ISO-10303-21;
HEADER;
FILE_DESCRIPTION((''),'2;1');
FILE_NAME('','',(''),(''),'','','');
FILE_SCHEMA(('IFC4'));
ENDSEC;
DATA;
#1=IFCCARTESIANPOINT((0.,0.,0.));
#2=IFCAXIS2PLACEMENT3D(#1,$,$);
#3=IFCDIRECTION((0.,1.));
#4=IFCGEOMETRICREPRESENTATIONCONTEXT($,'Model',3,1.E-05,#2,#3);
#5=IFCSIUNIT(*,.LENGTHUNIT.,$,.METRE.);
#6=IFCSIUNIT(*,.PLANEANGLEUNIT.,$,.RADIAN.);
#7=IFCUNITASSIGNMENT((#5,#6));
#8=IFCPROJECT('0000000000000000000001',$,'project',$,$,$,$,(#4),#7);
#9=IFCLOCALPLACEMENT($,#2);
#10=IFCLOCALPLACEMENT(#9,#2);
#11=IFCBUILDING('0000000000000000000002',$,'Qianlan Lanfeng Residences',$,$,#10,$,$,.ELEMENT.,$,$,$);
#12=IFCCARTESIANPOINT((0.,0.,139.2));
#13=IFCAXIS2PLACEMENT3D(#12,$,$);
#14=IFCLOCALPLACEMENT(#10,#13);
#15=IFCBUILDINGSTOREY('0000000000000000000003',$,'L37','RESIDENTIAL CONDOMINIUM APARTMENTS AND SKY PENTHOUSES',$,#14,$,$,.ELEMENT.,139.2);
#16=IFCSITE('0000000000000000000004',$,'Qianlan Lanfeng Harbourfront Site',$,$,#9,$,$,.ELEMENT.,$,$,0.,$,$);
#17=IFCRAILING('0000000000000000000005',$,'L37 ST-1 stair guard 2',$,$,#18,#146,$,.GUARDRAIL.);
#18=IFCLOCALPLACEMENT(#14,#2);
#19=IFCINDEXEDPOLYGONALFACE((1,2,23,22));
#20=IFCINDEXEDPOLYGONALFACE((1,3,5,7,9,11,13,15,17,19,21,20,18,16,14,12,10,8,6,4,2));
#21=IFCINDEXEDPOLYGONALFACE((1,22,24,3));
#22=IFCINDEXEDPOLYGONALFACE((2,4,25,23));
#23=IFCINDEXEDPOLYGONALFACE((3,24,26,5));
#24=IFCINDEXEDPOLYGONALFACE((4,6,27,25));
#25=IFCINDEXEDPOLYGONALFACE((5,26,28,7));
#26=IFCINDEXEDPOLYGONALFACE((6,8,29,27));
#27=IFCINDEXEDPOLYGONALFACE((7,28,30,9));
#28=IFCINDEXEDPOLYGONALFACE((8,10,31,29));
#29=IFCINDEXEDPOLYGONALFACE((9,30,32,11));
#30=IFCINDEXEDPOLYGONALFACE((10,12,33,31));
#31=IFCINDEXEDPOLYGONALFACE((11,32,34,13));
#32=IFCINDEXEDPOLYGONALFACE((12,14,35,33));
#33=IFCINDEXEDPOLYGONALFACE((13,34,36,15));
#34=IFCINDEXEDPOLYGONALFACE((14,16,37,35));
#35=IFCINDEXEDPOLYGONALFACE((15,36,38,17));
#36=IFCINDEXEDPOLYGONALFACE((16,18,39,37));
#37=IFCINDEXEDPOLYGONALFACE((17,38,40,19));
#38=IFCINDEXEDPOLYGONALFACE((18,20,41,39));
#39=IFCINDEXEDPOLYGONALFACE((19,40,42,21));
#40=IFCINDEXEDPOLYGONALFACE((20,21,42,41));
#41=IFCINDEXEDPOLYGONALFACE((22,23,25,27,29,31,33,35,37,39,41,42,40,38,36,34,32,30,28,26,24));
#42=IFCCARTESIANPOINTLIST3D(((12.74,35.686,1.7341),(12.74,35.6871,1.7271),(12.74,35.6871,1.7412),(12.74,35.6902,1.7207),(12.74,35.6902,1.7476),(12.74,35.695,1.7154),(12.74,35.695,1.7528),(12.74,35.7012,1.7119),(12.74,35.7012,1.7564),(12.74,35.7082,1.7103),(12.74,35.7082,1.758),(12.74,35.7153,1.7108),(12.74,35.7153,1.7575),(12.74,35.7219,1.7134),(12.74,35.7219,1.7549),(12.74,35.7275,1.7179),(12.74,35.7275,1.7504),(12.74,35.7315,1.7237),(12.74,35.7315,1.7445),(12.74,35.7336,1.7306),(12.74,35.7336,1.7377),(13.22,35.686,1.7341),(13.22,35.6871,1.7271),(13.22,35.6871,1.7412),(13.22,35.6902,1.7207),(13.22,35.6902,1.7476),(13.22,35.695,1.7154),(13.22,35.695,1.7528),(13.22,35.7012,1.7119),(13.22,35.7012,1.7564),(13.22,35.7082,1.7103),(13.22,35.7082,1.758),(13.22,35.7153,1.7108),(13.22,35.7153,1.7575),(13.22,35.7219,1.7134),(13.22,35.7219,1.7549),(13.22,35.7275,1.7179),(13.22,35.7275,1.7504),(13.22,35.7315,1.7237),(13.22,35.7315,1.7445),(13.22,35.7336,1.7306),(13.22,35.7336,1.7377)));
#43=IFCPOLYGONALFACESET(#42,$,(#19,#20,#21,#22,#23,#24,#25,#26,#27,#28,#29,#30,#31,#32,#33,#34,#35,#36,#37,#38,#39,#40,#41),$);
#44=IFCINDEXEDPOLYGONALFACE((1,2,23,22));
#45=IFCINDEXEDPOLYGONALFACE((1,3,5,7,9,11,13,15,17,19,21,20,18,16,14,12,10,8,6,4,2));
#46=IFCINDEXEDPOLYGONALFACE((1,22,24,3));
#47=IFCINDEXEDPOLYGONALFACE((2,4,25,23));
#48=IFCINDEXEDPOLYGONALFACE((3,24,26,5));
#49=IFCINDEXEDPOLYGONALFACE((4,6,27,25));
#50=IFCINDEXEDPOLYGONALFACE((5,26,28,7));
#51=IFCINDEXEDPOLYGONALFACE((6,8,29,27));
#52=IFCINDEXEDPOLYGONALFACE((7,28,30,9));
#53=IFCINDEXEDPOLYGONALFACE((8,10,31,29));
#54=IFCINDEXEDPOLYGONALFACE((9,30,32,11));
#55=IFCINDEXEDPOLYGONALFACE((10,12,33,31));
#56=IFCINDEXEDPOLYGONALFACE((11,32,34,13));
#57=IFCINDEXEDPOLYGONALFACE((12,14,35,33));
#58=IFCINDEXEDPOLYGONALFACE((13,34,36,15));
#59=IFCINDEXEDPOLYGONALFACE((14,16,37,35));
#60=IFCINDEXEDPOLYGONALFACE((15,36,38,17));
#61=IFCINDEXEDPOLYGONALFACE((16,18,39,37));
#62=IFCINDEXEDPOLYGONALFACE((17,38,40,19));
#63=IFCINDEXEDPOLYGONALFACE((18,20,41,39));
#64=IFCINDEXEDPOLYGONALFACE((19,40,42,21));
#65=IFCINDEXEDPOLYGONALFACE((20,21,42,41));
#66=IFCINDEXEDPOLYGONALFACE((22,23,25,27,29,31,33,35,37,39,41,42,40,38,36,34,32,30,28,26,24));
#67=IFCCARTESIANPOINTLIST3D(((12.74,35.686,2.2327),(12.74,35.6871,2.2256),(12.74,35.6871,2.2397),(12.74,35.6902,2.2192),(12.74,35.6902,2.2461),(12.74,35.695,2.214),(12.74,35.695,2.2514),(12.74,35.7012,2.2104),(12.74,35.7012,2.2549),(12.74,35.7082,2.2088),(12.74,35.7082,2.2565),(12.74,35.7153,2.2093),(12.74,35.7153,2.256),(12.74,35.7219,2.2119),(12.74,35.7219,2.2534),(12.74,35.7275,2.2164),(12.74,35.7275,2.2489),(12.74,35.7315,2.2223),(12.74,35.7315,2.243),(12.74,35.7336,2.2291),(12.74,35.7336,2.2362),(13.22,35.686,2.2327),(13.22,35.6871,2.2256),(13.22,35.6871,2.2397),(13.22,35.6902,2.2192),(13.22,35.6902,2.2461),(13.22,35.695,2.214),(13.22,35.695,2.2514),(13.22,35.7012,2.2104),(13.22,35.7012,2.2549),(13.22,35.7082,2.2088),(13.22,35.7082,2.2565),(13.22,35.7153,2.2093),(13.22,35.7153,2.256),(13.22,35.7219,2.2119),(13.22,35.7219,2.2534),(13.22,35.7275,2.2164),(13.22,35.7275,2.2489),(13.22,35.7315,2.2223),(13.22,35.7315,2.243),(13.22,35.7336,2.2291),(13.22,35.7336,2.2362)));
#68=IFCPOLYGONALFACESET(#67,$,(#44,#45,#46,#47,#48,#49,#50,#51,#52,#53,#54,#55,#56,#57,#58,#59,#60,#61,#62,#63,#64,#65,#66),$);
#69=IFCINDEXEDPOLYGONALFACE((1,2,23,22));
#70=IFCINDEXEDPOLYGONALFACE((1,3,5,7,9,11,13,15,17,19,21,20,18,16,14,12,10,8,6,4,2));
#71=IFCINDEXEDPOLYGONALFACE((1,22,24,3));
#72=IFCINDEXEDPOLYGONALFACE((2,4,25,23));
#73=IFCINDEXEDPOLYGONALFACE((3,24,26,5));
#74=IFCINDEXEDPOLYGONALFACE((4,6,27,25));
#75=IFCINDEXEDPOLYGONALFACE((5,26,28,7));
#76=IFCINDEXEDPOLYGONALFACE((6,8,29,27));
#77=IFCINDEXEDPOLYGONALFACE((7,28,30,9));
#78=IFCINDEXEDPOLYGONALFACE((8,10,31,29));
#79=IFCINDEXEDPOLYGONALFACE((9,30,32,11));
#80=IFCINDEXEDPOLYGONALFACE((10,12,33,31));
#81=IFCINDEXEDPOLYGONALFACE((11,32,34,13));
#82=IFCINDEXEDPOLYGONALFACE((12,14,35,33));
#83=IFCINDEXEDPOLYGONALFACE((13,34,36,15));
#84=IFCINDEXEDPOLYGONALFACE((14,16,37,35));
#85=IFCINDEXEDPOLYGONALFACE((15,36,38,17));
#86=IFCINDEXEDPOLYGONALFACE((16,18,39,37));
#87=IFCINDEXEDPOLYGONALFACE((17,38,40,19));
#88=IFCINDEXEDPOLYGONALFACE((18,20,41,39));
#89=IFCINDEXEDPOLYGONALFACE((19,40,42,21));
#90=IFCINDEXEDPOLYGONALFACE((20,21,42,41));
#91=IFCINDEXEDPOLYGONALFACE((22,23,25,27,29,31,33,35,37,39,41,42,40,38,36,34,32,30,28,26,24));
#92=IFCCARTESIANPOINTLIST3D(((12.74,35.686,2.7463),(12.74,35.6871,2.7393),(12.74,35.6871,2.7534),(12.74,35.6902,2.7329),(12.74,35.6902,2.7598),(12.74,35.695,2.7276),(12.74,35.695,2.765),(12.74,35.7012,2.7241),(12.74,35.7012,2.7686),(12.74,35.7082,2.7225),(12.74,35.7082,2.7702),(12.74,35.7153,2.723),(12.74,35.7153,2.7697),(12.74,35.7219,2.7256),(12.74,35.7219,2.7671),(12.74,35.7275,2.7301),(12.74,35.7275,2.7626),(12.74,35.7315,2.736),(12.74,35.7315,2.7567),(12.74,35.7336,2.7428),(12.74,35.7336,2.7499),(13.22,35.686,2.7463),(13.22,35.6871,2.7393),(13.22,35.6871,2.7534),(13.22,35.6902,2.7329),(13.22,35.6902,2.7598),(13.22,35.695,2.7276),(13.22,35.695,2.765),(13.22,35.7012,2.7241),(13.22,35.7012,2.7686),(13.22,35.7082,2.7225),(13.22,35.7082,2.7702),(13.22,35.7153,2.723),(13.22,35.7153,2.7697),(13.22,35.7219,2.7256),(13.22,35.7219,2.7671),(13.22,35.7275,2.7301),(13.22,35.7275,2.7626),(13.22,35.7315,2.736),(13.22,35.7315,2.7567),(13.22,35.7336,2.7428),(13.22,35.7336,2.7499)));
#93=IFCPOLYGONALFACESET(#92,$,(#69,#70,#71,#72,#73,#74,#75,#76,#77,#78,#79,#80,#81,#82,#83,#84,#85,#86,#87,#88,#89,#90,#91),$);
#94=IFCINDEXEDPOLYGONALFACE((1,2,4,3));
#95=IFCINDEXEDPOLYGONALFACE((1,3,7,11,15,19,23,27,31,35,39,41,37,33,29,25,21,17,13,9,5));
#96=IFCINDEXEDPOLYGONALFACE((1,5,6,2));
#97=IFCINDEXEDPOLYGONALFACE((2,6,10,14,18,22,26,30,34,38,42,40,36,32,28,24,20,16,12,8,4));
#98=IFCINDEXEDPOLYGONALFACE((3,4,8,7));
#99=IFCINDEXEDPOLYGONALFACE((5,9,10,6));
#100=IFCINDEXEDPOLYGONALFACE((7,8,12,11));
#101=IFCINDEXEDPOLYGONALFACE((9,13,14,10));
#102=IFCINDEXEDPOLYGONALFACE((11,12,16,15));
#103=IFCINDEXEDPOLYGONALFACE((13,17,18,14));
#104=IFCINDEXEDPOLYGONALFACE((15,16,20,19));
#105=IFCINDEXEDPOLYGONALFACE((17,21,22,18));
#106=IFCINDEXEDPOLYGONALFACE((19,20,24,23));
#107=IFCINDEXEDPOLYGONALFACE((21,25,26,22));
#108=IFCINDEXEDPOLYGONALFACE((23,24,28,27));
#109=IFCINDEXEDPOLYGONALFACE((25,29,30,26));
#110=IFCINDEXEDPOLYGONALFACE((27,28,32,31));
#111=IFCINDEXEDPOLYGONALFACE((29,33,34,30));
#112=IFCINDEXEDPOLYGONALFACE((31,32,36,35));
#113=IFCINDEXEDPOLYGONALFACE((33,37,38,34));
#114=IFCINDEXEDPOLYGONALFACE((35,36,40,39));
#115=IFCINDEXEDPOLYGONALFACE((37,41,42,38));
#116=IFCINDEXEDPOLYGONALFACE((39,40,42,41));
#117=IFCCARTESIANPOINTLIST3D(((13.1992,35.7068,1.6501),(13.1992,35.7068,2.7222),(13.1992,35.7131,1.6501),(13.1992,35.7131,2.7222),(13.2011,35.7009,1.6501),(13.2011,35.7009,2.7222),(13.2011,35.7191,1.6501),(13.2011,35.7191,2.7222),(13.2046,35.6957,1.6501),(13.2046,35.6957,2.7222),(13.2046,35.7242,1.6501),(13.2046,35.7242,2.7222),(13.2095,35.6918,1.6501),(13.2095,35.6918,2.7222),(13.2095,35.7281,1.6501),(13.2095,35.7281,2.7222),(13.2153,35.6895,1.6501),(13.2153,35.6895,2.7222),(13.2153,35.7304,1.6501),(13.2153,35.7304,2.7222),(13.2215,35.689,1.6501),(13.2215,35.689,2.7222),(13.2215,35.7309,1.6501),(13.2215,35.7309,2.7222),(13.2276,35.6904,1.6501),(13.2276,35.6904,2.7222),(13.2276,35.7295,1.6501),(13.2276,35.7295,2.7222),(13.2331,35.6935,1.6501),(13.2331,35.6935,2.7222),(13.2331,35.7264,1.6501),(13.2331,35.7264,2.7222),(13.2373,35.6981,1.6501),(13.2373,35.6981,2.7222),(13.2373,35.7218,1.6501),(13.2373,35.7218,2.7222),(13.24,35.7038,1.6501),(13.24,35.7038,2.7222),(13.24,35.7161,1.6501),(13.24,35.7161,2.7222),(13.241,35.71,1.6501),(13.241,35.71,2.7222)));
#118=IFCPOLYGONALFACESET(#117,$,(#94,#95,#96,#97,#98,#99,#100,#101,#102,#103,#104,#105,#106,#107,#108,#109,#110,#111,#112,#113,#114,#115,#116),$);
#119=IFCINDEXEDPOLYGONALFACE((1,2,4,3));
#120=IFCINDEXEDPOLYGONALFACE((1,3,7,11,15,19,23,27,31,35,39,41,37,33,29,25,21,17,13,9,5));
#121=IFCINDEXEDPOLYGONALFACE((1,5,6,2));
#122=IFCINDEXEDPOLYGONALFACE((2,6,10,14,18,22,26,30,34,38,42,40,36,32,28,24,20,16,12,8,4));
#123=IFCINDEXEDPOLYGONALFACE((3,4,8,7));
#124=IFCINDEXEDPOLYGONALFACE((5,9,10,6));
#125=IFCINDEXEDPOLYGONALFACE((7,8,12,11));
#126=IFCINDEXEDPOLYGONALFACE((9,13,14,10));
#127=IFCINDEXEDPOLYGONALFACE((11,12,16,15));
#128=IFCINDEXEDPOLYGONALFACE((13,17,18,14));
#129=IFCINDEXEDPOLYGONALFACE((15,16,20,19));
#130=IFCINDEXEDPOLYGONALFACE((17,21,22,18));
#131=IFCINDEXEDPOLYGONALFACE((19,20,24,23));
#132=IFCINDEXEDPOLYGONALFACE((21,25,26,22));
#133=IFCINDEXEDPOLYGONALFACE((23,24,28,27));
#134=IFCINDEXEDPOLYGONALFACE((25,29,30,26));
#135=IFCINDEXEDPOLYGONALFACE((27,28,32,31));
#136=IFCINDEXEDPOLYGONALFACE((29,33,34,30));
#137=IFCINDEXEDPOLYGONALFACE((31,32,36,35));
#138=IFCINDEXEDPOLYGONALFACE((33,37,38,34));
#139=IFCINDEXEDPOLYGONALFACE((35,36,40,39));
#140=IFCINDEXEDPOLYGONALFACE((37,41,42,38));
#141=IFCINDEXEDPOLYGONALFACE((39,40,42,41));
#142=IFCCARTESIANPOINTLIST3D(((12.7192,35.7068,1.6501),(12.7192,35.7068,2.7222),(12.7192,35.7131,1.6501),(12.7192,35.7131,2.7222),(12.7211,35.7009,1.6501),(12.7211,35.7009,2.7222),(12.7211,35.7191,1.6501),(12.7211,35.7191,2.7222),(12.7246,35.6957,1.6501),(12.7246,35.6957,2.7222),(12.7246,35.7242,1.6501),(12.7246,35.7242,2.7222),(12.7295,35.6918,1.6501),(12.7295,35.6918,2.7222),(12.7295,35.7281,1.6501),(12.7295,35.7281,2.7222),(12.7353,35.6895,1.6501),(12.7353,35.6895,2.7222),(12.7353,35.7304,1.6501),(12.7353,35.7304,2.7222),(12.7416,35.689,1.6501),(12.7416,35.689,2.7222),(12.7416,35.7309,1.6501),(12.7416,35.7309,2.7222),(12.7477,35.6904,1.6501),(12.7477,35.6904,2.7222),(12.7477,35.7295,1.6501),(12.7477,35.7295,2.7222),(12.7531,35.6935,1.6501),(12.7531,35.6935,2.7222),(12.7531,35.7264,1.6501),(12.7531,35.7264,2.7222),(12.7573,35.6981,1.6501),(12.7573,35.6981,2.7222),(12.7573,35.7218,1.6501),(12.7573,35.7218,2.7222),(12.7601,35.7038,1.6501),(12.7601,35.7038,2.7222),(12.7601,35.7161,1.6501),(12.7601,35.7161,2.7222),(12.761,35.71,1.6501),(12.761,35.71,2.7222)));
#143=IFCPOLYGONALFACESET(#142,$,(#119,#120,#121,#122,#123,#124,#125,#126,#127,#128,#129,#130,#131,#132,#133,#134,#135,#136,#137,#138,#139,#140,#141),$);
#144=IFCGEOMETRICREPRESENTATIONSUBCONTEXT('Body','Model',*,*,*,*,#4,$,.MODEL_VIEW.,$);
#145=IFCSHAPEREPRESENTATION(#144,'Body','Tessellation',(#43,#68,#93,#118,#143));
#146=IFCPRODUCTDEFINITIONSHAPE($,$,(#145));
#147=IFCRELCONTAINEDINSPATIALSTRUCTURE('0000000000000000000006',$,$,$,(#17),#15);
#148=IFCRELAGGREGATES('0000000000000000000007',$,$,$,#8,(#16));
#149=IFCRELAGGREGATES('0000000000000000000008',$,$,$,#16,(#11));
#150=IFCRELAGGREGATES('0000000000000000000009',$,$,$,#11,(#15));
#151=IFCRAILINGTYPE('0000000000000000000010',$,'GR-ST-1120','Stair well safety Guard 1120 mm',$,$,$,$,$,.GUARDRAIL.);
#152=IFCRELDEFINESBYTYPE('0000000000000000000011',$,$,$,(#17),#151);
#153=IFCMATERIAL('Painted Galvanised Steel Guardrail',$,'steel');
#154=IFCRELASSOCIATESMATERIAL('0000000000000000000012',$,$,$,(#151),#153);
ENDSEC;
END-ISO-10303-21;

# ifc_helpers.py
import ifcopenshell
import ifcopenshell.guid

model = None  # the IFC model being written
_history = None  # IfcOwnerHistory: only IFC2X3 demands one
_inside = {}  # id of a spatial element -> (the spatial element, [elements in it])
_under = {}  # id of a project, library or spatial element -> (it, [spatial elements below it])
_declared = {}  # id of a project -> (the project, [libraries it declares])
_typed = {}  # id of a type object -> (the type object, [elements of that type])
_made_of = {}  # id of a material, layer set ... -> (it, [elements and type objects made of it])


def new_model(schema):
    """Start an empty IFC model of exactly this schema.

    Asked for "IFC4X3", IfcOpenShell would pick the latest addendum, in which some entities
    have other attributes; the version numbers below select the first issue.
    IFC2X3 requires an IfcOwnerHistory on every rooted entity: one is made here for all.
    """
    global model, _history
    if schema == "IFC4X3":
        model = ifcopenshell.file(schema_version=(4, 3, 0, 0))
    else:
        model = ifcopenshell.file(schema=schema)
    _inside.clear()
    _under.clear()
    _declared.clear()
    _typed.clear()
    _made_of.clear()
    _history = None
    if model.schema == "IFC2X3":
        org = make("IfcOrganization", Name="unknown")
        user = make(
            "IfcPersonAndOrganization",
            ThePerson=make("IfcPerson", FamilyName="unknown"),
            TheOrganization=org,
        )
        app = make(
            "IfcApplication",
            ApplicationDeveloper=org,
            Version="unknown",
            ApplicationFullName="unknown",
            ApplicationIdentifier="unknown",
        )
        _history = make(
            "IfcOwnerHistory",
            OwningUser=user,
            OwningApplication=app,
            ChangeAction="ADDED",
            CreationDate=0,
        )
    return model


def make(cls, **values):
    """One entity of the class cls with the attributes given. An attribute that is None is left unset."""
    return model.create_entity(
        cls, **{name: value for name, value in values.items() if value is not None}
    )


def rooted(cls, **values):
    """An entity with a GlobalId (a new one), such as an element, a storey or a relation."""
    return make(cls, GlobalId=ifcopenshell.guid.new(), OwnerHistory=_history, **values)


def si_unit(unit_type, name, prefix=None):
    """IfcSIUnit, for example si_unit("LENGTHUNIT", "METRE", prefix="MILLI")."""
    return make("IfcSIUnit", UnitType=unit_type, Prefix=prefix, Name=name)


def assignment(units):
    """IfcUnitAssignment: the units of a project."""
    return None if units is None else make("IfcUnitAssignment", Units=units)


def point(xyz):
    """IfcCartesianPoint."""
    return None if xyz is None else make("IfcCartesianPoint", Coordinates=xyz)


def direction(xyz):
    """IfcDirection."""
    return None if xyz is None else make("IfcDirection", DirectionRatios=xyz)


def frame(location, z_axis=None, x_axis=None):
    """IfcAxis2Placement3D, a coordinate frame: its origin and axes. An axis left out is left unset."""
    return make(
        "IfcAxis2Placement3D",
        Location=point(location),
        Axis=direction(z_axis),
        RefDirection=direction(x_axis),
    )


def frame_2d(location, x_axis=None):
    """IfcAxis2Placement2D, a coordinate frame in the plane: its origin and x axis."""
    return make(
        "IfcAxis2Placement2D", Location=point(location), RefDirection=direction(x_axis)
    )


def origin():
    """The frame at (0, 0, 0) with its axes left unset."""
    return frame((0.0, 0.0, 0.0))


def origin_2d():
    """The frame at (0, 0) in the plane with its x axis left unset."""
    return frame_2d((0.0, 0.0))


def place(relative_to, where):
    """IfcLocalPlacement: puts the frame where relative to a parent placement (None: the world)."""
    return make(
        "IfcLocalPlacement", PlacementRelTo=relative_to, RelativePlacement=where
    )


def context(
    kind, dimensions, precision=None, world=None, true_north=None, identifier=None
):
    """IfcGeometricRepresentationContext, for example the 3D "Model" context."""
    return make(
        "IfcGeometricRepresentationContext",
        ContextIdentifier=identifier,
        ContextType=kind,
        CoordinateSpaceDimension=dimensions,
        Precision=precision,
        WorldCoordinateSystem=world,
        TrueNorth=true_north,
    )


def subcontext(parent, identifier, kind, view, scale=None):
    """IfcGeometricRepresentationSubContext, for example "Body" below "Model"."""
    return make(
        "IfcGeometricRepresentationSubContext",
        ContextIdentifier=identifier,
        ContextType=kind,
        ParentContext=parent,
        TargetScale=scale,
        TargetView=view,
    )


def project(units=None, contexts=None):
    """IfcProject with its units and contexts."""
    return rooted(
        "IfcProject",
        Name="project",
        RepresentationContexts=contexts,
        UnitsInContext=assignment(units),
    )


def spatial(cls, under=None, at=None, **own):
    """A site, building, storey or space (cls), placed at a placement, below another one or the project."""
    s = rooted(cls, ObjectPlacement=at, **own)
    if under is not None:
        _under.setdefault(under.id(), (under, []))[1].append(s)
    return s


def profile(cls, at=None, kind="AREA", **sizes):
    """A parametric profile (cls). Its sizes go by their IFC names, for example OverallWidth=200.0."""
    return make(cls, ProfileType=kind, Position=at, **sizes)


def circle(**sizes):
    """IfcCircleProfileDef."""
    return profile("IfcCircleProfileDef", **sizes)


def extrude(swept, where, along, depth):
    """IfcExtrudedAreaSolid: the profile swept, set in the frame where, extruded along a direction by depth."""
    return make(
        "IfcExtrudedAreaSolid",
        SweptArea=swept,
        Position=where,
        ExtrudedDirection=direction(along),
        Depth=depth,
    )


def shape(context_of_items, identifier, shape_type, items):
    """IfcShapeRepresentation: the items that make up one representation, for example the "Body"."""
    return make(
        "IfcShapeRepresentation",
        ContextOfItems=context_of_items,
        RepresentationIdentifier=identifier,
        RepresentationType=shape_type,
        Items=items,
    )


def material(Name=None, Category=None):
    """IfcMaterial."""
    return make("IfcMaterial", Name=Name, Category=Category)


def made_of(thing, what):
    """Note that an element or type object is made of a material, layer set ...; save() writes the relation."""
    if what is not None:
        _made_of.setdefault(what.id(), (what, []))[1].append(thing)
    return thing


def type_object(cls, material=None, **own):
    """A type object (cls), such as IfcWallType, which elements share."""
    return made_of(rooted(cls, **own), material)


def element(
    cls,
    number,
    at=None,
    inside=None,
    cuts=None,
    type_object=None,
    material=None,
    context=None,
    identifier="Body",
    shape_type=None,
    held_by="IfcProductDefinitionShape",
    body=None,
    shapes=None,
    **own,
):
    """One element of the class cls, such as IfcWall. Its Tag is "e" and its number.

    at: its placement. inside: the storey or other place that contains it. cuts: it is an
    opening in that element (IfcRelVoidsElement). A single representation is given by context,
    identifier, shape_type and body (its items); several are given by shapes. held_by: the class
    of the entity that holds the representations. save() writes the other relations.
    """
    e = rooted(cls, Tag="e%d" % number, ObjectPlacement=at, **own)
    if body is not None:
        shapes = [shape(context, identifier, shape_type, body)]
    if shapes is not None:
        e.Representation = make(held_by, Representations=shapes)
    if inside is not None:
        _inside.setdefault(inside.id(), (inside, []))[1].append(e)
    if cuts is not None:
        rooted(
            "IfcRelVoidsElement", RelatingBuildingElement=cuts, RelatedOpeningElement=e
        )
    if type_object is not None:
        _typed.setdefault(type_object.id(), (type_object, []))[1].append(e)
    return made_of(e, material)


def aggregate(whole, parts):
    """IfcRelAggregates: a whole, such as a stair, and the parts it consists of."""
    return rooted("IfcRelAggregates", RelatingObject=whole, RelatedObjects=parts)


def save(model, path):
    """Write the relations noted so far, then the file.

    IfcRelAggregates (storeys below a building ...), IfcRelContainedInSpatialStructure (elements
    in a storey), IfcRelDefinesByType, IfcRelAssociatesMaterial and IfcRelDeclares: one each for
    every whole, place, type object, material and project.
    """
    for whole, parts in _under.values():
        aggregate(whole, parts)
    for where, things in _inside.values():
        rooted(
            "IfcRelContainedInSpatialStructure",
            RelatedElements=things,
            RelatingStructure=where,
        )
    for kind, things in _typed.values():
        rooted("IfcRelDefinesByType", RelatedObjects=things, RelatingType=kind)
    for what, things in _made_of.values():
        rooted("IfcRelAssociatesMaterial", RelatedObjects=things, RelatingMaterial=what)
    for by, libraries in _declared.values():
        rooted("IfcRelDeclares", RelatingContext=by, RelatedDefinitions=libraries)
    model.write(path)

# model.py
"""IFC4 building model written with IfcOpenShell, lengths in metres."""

from ifc_helpers import new_model, si_unit, direction, frame, origin, origin_2d, place, context, subcontext, project, spatial, circle, extrude, material, type_object, element, save


model = new_model("IFC4")

# Units and contexts
model_context = context("Model", 3, precision=1e-05, world=origin(), true_north=direction((0.0, 1.0)))
body_context = subcontext(model_context, "Body", "Model", "MODEL_VIEW")
ifc_project = project(units=[si_unit("LENGTHUNIT", "METRE"), si_unit("PLANEANGLEUNIT", "RADIAN")], contexts=[model_context])

# Site, building, storey
site_placement = place(None, origin())
site = spatial("IfcSite", under=ifc_project, at=site_placement, Name="Qianlan Lanfeng Harbourfront Site", CompositionType="ELEMENT", RefElevation=0.0)
building_placement = place(site_placement, origin())
building = spatial("IfcBuilding", under=site, at=building_placement, Name="Qianlan Lanfeng Residences", CompositionType="ELEMENT")
storey_placement = place(building_placement, frame((0.0, 0.0, 139.2)))
storey = spatial("IfcBuildingStorey", under=building, at=storey_placement, Name="L37", Description="RESIDENTIAL CONDOMINIUM APARTMENTS AND SKY PENTHOUSES", CompositionType="ELEMENT", Elevation=139.2)

# Railing
ifc_material_1 = material(Name="Painted Galvanised Steel Guardrail", Category="steel")
railing_type_1 = type_object("IfcRailingType", Name="GR-ST-1120", Description="Stair well safety Guard 1120 mm", PredefinedType="GUARDRAIL", material=ifc_material_1)
railing_1_placement = place(storey_placement, frame((13.22, 35.71, 1.6501)))
element("IfcRailing", 1, at=railing_1_placement, inside=storey, type_object=railing_type_1, Name="L37 ST-1 stair guard 2", PredefinedType="GUARDRAIL", context=body_context, shape_type="SweptSolid", body=[
    extrude(circle(Radius=0.0239, at=origin_2d()), frame((0.0, 0.0, 0.084), z_axis=(-1.0, 0.0, 0.0), x_axis=(0.0, -1.0, 0.0)), (0.0, 0.0, 1.0), 0.48),
    extrude(circle(Radius=0.0239, at=origin_2d()), frame((0.0, 0.0, 0.5825), z_axis=(-1.0, 0.0, 0.0), x_axis=(0.0, -1.0, 0.0)), (0.0, 0.0, 1.0), 0.48),
    extrude(circle(Radius=0.0239, at=origin_2d()), frame((0.0, 0.0, 1.0962), z_axis=(-1.0, 0.0, 0.0), x_axis=(0.0, -1.0, 0.0)), (0.0, 0.0, 1.0), 0.48),
    extrude(circle(Radius=0.021, at=origin_2d()), origin(), (0.0, 0.0, 1.0), 1.072),
    extrude(circle(Radius=0.021, at=origin_2d()), frame((-0.48, 0.0, 0.0)), (0.0, 0.0, 1.0), 1.072),
])

save(model, "model.ifc")
